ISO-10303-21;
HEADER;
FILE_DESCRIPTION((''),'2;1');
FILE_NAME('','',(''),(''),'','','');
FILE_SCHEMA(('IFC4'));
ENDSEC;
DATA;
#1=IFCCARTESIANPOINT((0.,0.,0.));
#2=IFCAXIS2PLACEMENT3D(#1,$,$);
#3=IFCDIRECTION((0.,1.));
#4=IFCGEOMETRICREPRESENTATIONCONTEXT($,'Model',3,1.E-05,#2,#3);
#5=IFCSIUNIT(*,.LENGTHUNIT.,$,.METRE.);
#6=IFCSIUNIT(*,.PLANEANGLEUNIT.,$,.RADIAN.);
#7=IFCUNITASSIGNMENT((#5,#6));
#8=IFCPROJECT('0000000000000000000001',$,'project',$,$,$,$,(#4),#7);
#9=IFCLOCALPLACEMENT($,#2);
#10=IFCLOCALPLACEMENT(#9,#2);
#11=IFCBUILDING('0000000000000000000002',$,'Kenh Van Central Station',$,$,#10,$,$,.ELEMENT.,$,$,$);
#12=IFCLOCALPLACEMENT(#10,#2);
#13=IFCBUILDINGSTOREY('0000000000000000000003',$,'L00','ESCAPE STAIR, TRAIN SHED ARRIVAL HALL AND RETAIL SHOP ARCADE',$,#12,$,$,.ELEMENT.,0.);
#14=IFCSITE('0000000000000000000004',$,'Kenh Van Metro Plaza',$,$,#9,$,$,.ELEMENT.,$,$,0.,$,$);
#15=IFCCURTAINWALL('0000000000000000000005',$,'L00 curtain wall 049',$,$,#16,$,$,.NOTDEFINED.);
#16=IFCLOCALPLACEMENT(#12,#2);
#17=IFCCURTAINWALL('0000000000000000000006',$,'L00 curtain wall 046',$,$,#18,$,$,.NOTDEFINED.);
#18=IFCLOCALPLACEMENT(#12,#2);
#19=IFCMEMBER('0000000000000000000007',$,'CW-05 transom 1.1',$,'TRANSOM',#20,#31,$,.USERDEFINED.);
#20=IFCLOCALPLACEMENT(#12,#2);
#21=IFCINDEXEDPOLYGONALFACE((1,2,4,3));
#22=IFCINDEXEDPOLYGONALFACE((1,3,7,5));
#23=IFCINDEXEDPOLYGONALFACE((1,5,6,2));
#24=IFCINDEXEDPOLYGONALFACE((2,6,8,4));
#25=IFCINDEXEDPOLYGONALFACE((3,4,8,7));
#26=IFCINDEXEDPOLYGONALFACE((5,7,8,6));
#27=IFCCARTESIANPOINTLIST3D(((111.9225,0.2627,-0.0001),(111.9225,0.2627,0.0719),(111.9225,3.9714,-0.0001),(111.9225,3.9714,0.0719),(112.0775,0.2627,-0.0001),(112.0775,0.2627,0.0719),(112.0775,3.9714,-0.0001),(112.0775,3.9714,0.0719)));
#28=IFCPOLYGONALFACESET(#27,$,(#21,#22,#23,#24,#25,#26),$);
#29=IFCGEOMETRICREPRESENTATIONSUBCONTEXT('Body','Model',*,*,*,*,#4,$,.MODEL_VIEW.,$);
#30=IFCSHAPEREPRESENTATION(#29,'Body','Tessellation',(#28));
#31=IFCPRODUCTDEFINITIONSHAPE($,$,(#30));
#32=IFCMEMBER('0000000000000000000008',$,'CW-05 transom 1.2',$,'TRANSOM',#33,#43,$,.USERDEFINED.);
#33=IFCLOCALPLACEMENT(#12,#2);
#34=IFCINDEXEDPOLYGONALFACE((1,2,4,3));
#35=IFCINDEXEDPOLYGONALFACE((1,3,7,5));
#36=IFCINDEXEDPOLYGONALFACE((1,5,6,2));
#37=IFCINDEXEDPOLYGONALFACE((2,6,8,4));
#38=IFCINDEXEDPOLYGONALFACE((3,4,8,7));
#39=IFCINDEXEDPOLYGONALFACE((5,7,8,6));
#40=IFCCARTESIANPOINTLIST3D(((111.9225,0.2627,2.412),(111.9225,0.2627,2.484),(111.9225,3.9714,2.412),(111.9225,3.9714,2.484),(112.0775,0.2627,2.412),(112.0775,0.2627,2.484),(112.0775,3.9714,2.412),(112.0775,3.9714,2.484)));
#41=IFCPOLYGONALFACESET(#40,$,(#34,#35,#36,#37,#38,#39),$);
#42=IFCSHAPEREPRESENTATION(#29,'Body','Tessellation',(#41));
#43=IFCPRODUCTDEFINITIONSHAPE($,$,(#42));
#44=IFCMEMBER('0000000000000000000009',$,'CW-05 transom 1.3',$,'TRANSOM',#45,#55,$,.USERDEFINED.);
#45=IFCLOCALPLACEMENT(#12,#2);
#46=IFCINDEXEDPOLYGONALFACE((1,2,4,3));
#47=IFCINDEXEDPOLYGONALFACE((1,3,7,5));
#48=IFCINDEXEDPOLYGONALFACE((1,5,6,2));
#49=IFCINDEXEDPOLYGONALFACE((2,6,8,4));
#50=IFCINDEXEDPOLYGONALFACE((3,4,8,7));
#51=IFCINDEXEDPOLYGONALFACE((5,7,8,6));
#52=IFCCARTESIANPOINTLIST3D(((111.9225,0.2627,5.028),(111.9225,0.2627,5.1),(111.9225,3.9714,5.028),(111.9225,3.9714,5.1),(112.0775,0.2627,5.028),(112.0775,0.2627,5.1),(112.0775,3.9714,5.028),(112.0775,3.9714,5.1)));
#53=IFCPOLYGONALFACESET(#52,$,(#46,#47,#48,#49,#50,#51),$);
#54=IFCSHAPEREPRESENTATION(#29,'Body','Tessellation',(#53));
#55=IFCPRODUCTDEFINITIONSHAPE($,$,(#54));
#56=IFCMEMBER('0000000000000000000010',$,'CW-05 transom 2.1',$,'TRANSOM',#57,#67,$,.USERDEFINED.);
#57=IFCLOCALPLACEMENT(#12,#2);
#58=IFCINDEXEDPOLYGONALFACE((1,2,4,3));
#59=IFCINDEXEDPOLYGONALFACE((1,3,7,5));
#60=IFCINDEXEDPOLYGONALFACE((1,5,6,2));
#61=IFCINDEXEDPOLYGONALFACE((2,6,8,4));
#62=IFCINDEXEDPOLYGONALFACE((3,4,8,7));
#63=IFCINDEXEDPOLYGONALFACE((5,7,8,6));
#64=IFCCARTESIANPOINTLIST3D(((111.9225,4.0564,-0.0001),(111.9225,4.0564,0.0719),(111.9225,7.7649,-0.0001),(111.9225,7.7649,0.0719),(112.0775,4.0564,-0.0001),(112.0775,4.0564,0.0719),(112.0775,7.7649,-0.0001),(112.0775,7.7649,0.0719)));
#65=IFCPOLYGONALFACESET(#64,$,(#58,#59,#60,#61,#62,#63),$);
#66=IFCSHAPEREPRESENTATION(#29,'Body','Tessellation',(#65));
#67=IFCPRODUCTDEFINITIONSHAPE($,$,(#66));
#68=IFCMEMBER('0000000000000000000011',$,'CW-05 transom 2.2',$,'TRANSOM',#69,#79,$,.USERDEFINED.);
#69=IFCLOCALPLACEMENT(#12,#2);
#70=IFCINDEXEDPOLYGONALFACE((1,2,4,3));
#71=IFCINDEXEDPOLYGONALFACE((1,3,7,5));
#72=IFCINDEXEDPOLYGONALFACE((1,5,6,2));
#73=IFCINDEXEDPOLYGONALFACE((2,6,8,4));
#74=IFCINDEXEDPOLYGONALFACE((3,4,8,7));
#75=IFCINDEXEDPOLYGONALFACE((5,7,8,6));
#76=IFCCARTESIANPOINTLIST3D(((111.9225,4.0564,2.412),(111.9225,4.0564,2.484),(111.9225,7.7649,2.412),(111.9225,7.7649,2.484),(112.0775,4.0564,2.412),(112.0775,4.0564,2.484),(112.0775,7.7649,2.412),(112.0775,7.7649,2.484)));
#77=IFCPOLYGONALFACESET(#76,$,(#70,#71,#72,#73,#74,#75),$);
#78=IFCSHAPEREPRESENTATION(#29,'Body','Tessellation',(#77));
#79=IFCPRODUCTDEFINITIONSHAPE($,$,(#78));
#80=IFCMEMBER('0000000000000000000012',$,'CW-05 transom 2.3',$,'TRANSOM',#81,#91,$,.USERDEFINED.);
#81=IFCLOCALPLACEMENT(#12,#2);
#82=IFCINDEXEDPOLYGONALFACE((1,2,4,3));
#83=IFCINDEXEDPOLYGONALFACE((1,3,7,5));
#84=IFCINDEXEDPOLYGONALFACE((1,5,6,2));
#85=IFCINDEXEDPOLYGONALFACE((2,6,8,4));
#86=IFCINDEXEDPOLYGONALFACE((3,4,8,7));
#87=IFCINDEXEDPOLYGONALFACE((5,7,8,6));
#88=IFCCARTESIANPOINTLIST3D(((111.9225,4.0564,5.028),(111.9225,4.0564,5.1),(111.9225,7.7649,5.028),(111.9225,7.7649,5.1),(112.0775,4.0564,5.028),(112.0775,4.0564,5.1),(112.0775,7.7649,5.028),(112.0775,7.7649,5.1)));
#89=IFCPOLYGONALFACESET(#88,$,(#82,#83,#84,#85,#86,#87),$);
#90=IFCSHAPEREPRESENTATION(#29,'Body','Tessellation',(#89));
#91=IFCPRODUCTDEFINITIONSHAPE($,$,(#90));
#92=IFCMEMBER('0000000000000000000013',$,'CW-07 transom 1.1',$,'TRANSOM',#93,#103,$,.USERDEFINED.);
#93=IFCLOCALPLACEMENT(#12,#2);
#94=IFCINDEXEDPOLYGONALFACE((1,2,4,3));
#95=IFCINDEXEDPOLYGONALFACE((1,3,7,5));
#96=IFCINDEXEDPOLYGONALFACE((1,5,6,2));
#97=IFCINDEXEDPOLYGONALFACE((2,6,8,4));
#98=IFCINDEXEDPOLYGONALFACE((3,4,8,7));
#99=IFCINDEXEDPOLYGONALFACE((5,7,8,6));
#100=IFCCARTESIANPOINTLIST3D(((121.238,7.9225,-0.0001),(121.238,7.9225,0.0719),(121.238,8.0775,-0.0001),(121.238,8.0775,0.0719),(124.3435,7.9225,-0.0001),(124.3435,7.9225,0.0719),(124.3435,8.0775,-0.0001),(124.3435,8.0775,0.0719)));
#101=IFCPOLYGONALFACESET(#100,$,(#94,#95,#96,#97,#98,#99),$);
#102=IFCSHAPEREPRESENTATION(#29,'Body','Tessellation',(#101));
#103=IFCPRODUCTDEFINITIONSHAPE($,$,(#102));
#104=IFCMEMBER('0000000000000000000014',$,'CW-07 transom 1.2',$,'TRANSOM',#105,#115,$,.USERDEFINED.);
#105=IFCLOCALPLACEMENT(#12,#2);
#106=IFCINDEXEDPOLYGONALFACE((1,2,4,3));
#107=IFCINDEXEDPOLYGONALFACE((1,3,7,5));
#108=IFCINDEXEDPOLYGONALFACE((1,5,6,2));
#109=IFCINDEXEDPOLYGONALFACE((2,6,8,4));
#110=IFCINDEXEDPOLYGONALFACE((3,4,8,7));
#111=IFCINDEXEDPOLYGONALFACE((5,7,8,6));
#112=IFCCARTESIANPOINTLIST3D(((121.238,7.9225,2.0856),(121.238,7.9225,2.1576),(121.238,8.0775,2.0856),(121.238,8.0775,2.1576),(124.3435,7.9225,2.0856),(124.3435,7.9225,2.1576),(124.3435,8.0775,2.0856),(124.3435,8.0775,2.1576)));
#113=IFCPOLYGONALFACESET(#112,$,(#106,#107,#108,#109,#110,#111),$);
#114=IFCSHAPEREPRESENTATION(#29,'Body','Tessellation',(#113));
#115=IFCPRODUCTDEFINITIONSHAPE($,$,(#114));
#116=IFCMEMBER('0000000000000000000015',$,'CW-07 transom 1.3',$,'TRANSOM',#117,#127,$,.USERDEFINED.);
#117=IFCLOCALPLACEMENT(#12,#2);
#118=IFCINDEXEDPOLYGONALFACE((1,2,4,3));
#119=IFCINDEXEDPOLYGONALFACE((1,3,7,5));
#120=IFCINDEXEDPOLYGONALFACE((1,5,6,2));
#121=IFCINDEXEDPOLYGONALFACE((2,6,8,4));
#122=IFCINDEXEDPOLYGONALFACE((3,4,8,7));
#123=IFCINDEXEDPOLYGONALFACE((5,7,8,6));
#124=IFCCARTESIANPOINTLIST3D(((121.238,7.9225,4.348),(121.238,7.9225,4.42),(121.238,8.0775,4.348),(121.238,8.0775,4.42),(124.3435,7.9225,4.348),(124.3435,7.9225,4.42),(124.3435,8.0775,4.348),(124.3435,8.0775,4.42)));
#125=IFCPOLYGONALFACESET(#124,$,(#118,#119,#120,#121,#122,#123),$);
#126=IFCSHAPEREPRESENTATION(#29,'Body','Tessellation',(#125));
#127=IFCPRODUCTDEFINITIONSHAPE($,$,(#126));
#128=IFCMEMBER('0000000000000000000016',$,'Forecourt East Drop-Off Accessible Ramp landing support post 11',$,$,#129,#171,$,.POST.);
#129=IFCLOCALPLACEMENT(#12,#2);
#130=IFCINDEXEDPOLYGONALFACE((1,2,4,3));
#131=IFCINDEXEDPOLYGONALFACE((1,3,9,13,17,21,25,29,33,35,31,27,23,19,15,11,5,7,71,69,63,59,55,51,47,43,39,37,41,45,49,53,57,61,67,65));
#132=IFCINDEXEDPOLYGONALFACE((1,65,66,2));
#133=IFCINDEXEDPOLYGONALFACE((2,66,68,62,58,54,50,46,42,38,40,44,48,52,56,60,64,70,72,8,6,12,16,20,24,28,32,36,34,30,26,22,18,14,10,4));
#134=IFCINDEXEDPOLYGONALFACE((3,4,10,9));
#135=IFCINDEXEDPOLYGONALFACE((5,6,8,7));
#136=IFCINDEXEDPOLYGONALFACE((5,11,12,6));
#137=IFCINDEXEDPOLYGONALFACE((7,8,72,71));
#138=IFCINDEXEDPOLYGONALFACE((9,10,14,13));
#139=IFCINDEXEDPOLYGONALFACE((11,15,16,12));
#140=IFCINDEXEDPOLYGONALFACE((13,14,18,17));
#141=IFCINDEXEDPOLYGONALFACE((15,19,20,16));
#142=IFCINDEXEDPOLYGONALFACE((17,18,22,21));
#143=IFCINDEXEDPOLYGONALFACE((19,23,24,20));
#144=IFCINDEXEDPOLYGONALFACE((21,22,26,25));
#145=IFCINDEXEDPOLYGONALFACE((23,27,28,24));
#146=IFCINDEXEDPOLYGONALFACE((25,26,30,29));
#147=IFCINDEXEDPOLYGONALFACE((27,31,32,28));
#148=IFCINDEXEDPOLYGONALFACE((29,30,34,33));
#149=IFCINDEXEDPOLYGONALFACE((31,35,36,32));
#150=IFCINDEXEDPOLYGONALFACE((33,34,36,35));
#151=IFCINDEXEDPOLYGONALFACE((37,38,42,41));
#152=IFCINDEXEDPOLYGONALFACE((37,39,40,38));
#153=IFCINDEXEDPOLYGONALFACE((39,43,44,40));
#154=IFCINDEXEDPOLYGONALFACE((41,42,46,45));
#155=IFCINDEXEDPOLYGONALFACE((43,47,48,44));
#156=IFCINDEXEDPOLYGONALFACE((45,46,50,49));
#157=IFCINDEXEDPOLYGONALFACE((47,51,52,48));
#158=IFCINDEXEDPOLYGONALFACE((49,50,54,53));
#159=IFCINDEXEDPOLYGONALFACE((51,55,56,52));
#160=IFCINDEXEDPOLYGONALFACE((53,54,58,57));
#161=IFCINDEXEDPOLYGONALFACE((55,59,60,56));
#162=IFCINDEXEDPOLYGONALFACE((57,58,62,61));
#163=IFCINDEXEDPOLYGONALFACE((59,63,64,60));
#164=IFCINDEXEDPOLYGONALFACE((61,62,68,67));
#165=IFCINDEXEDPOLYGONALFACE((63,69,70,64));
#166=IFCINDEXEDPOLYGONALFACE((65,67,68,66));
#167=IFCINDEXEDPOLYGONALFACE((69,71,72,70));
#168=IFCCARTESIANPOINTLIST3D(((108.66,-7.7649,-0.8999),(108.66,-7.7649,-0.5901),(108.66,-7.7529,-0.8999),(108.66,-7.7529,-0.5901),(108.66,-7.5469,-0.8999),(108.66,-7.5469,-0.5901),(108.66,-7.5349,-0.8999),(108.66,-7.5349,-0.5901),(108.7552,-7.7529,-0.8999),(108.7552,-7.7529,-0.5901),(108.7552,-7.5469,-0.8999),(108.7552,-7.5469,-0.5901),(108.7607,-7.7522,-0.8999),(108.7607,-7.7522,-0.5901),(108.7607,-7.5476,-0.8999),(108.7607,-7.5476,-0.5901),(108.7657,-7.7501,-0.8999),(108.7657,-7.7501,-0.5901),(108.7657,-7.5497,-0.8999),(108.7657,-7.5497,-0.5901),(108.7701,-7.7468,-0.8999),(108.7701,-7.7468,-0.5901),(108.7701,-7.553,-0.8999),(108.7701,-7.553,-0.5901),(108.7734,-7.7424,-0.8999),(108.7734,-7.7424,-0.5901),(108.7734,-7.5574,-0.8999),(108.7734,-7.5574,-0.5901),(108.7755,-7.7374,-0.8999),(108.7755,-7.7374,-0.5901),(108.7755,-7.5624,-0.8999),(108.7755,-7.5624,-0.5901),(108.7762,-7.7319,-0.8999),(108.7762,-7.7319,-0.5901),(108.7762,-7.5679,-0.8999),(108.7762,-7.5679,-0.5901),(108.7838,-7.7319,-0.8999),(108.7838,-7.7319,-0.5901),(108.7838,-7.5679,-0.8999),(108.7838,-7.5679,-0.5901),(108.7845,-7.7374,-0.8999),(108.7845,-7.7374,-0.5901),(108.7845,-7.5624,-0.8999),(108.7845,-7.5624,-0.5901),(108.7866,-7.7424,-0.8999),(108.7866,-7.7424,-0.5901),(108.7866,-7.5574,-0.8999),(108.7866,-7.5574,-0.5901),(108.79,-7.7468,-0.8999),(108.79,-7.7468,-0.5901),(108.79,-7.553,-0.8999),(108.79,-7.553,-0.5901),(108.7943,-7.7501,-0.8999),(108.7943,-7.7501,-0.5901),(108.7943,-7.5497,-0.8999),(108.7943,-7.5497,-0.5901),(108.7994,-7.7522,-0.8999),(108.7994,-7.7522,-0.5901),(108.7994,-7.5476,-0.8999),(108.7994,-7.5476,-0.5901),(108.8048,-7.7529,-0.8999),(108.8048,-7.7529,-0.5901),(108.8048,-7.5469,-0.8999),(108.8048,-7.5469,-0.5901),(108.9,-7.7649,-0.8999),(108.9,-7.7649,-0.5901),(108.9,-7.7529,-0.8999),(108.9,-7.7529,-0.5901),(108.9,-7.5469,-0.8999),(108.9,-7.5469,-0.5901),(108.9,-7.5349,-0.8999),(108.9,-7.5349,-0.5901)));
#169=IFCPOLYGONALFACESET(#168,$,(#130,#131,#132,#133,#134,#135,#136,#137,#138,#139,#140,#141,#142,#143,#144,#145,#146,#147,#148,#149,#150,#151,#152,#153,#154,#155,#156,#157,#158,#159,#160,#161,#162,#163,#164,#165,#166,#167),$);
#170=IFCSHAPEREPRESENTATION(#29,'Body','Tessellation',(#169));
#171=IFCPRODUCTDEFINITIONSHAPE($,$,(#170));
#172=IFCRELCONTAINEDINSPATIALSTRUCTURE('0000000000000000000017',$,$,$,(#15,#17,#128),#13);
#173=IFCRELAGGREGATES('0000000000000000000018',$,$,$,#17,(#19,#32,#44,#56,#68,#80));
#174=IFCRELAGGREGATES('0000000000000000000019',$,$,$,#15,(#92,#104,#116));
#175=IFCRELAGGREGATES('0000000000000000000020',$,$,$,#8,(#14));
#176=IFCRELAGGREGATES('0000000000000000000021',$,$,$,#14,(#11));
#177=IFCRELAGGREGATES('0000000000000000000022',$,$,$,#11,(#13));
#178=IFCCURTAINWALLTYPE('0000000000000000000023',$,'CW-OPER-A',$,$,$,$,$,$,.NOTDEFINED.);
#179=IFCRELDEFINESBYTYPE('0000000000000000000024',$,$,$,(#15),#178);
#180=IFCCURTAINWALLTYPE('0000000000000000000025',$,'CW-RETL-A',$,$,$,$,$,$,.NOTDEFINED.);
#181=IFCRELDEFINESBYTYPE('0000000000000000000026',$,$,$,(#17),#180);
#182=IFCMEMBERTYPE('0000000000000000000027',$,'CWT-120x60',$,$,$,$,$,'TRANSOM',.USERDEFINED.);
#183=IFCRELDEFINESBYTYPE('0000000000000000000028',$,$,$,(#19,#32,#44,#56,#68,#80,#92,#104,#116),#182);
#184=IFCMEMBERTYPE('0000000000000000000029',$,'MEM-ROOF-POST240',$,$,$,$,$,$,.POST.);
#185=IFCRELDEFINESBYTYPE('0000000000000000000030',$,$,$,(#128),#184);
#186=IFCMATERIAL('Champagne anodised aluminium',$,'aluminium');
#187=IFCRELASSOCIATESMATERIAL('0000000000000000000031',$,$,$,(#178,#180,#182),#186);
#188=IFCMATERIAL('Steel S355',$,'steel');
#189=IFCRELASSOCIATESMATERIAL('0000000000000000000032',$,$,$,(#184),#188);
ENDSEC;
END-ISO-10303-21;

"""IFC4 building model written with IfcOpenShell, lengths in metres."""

from ifc_helpers import new_model, si_unit, direction, frame, origin, origin_2d, place, context, subcontext, project, spatial, rectangle, i_section, extrude, material, material_profile, profile_set, type_object, element, aggregate, save


model = new_model("IFC4")

# Units and contexts
model_context = context("Model", 3, precision=1e-05, world=origin(), true_north=direction((0.0, 1.0)))
body_context = subcontext(model_context, "Body", "Model", "MODEL_VIEW")
ifc_project = project(units=[si_unit("LENGTHUNIT", "METRE"), si_unit("PLANEANGLEUNIT", "RADIAN")], contexts=[model_context])

# Site, building, storey
site_placement = place(None, origin())
site = spatial("IfcSite", under=ifc_project, at=site_placement, Name="Kenh Van Metro Plaza", CompositionType="ELEMENT", RefElevation=0.0)
building_placement = place(site_placement, origin())
building = spatial("IfcBuilding", under=site, at=building_placement, Name="Kenh Van Central Station", CompositionType="ELEMENT")
storey_placement = place(building_placement, origin())
storey = spatial("IfcBuildingStorey", under=building, at=storey_placement, Name="L00", Description="ESCAPE STAIR, TRAIN SHED ARRIVAL HALL AND RETAIL SHOP ARCADE", CompositionType="ELEMENT", Elevation=0.0)

# Shared definitions
ifc_material_1 = material(Name="Steel S355", Category="steel")

# Curtain walls, members
ifc_material_2 = material(Name="Champagne anodised aluminium", Category="aluminium")
curtain_wall_type_1 = type_object("IfcCurtainWallType", Name="CW-OPER-A", PredefinedType="NOTDEFINED", material=ifc_material_2)
curtain_wall_1_placement = place(storey_placement, origin())
curtain_wall_1 = element("IfcCurtainWall", 1, at=curtain_wall_1_placement, inside=storey, type_object=curtain_wall_type_1, Name="L00 curtain wall 049", PredefinedType="NOTDEFINED")
curtain_wall_type_2 = type_object("IfcCurtainWallType", Name="CW-RETL-A", PredefinedType="NOTDEFINED", material=ifc_material_2)
curtain_wall_2_placement = place(storey_placement, origin())
curtain_wall_2 = element("IfcCurtainWall", 2, at=curtain_wall_2_placement, inside=storey, type_object=curtain_wall_type_2, Name="L00 curtain wall 046", PredefinedType="NOTDEFINED")
ifc_material_profile_1 = material_profile(ifc_material_2, rectangle(XDim=0.155, YDim=0.072, at=origin_2d()), Name="AL 155x72")
ifc_profile_set_1 = profile_set([ifc_material_profile_1], Name="Champagne anodised aluminium")
member_type_1 = type_object("IfcMemberType", Name="CWT-120x60", ElementType="TRANSOM", PredefinedType="USERDEFINED", material=ifc_profile_set_1)
member_1_placement = place(storey_placement, frame((112.0, 0.2627, 0.0359), z_axis=(0.0, 1.0, 0.0), x_axis=(-1.0, 0.0, 0.0)))
member_1 = element("IfcMember", 3, at=member_1_placement, type_object=member_type_1, Name="CW-05 transom 1.1", ObjectType="TRANSOM", PredefinedType="USERDEFINED", context=body_context, shape_type="SweptSolid", body=[
    extrude(rectangle(XDim=0.155, YDim=0.072, at=origin_2d()), origin(), (0.0, 0.0, 1.0), 3.7087),
])
member_2_placement = place(storey_placement, frame((112.0, 0.2627, 2.448), z_axis=(0.0, 1.0, 0.0), x_axis=(-1.0, 0.0, 0.0)))
member_2 = element("IfcMember", 4, at=member_2_placement, type_object=member_type_1, Name="CW-05 transom 1.2", ObjectType="TRANSOM", PredefinedType="USERDEFINED", context=body_context, shape_type="SweptSolid", body=[
    extrude(rectangle(XDim=0.155, YDim=0.072, at=origin_2d()), origin(), (0.0, 0.0, 1.0), 3.7087),
])
member_3_placement = place(storey_placement, frame((112.0, 0.2627, 5.064), z_axis=(0.0, 1.0, 0.0), x_axis=(-1.0, 0.0, 0.0)))
member_3 = element("IfcMember", 5, at=member_3_placement, type_object=member_type_1, Name="CW-05 transom 1.3", ObjectType="TRANSOM", PredefinedType="USERDEFINED", context=body_context, shape_type="SweptSolid", body=[
    extrude(rectangle(XDim=0.155, YDim=0.072, at=origin_2d()), origin(), (0.0, 0.0, 1.0), 3.7087),
])
member_4_placement = place(storey_placement, frame((112.0, 4.0564, 0.0359), z_axis=(0.0, 1.0, 0.0), x_axis=(-1.0, 0.0, 0.0)))
member_4 = element("IfcMember", 6, at=member_4_placement, type_object=member_type_1, Name="CW-05 transom 2.1", ObjectType="TRANSOM", PredefinedType="USERDEFINED", context=body_context, shape_type="SweptSolid", body=[
    extrude(rectangle(XDim=0.155, YDim=0.072, at=origin_2d()), origin(), (0.0, 0.0, 1.0), 3.7085),
])
member_5_placement = place(storey_placement, frame((112.0, 4.0564, 2.448), z_axis=(0.0, 1.0, 0.0), x_axis=(-1.0, 0.0, 0.0)))
member_5 = element("IfcMember", 7, at=member_5_placement, type_object=member_type_1, Name="CW-05 transom 2.2", ObjectType="TRANSOM", PredefinedType="USERDEFINED", context=body_context, shape_type="SweptSolid", body=[
    extrude(rectangle(XDim=0.155, YDim=0.072, at=origin_2d()), origin(), (0.0, 0.0, 1.0), 3.7085),
])
member_6_placement = place(storey_placement, frame((112.0, 4.0564, 5.064), z_axis=(0.0, 1.0, 0.0), x_axis=(-1.0, 0.0, 0.0)))
member_6 = element("IfcMember", 8, at=member_6_placement, type_object=member_type_1, Name="CW-05 transom 2.3", ObjectType="TRANSOM", PredefinedType="USERDEFINED", context=body_context, shape_type="SweptSolid", body=[
    extrude(rectangle(XDim=0.155, YDim=0.072, at=origin_2d()), origin(), (0.0, 0.0, 1.0), 3.7085),
])

# Members
member_7_placement = place(storey_placement, frame((121.238, 8.0, 0.0359), z_axis=(1.0, 0.0, 0.0), x_axis=(0.0, 1.0, 0.0)))
member_7 = element("IfcMember", 9, at=member_7_placement, type_object=member_type_1, Name="CW-07 transom 1.1", ObjectType="TRANSOM", PredefinedType="USERDEFINED", context=body_context, shape_type="SweptSolid", body=[
    extrude(rectangle(XDim=0.155, YDim=0.072, at=origin_2d()), origin(), (0.0, 0.0, 1.0), 3.1055),
])
member_8_placement = place(storey_placement, frame((121.238, 8.0, 2.1216), z_axis=(1.0, 0.0, 0.0), x_axis=(0.0, 1.0, 0.0)))
member_8 = element("IfcMember", 10, at=member_8_placement, type_object=member_type_1, Name="CW-07 transom 1.2", ObjectType="TRANSOM", PredefinedType="USERDEFINED", context=body_context, shape_type="SweptSolid", body=[
    extrude(rectangle(XDim=0.155, YDim=0.072, at=origin_2d()), origin(), (0.0, 0.0, 1.0), 3.1055),
])
member_9_placement = place(storey_placement, frame((121.238, 8.0, 4.384), z_axis=(1.0, 0.0, 0.0), x_axis=(0.0, 1.0, 0.0)))
member_9 = element("IfcMember", 11, at=member_9_placement, type_object=member_type_1, Name="CW-07 transom 1.3", ObjectType="TRANSOM", PredefinedType="USERDEFINED", context=body_context, shape_type="SweptSolid", body=[
    extrude(rectangle(XDim=0.155, YDim=0.072, at=origin_2d()), origin(), (0.0, 0.0, 1.0), 3.1055),
])

# Member
ifc_material_profile_2 = material_profile(ifc_material_1, i_section(OverallWidth=0.24, OverallDepth=0.23, WebThickness=0.0076, FlangeThickness=0.012, FilletRadius=0.021, at=origin_2d()), Name="HEA 240")
ifc_profile_set_2 = profile_set([ifc_material_profile_2], Name="Steel S355")
member_type_2 = type_object("IfcMemberType", Name="MEM-ROOF-POST240", PredefinedType="POST", material=ifc_profile_set_2)
for number, where, z_axis, x_axis, name in (
    (12, (108.78, -7.6499, -0.8999), (0.0, 0.0, 1.0), (1.0, 0.0, 0.0), "Forecourt East Drop-Off Accessible Ramp landing support post 11"),
):
    element("IfcMember", number, at=place(storey_placement, frame(where, z_axis=z_axis, x_axis=x_axis)), inside=storey, type_object=member_type_2, Name=name, PredefinedType="POST", context=body_context, shape_type="SweptSolid", body=[
        extrude(i_section(OverallWidth=0.24, OverallDepth=0.23, WebThickness=0.0076, FlangeThickness=0.012, FilletRadius=0.021, at=origin_2d()), origin(), (0.0, 0.0, 1.0), 0.3098),
    ])

aggregate(curtain_wall_2, [member_1, member_2, member_3, member_4, member_5, member_6])
aggregate(curtain_wall_1, [member_7, member_8, member_9])

save(model, "model.ifc")
